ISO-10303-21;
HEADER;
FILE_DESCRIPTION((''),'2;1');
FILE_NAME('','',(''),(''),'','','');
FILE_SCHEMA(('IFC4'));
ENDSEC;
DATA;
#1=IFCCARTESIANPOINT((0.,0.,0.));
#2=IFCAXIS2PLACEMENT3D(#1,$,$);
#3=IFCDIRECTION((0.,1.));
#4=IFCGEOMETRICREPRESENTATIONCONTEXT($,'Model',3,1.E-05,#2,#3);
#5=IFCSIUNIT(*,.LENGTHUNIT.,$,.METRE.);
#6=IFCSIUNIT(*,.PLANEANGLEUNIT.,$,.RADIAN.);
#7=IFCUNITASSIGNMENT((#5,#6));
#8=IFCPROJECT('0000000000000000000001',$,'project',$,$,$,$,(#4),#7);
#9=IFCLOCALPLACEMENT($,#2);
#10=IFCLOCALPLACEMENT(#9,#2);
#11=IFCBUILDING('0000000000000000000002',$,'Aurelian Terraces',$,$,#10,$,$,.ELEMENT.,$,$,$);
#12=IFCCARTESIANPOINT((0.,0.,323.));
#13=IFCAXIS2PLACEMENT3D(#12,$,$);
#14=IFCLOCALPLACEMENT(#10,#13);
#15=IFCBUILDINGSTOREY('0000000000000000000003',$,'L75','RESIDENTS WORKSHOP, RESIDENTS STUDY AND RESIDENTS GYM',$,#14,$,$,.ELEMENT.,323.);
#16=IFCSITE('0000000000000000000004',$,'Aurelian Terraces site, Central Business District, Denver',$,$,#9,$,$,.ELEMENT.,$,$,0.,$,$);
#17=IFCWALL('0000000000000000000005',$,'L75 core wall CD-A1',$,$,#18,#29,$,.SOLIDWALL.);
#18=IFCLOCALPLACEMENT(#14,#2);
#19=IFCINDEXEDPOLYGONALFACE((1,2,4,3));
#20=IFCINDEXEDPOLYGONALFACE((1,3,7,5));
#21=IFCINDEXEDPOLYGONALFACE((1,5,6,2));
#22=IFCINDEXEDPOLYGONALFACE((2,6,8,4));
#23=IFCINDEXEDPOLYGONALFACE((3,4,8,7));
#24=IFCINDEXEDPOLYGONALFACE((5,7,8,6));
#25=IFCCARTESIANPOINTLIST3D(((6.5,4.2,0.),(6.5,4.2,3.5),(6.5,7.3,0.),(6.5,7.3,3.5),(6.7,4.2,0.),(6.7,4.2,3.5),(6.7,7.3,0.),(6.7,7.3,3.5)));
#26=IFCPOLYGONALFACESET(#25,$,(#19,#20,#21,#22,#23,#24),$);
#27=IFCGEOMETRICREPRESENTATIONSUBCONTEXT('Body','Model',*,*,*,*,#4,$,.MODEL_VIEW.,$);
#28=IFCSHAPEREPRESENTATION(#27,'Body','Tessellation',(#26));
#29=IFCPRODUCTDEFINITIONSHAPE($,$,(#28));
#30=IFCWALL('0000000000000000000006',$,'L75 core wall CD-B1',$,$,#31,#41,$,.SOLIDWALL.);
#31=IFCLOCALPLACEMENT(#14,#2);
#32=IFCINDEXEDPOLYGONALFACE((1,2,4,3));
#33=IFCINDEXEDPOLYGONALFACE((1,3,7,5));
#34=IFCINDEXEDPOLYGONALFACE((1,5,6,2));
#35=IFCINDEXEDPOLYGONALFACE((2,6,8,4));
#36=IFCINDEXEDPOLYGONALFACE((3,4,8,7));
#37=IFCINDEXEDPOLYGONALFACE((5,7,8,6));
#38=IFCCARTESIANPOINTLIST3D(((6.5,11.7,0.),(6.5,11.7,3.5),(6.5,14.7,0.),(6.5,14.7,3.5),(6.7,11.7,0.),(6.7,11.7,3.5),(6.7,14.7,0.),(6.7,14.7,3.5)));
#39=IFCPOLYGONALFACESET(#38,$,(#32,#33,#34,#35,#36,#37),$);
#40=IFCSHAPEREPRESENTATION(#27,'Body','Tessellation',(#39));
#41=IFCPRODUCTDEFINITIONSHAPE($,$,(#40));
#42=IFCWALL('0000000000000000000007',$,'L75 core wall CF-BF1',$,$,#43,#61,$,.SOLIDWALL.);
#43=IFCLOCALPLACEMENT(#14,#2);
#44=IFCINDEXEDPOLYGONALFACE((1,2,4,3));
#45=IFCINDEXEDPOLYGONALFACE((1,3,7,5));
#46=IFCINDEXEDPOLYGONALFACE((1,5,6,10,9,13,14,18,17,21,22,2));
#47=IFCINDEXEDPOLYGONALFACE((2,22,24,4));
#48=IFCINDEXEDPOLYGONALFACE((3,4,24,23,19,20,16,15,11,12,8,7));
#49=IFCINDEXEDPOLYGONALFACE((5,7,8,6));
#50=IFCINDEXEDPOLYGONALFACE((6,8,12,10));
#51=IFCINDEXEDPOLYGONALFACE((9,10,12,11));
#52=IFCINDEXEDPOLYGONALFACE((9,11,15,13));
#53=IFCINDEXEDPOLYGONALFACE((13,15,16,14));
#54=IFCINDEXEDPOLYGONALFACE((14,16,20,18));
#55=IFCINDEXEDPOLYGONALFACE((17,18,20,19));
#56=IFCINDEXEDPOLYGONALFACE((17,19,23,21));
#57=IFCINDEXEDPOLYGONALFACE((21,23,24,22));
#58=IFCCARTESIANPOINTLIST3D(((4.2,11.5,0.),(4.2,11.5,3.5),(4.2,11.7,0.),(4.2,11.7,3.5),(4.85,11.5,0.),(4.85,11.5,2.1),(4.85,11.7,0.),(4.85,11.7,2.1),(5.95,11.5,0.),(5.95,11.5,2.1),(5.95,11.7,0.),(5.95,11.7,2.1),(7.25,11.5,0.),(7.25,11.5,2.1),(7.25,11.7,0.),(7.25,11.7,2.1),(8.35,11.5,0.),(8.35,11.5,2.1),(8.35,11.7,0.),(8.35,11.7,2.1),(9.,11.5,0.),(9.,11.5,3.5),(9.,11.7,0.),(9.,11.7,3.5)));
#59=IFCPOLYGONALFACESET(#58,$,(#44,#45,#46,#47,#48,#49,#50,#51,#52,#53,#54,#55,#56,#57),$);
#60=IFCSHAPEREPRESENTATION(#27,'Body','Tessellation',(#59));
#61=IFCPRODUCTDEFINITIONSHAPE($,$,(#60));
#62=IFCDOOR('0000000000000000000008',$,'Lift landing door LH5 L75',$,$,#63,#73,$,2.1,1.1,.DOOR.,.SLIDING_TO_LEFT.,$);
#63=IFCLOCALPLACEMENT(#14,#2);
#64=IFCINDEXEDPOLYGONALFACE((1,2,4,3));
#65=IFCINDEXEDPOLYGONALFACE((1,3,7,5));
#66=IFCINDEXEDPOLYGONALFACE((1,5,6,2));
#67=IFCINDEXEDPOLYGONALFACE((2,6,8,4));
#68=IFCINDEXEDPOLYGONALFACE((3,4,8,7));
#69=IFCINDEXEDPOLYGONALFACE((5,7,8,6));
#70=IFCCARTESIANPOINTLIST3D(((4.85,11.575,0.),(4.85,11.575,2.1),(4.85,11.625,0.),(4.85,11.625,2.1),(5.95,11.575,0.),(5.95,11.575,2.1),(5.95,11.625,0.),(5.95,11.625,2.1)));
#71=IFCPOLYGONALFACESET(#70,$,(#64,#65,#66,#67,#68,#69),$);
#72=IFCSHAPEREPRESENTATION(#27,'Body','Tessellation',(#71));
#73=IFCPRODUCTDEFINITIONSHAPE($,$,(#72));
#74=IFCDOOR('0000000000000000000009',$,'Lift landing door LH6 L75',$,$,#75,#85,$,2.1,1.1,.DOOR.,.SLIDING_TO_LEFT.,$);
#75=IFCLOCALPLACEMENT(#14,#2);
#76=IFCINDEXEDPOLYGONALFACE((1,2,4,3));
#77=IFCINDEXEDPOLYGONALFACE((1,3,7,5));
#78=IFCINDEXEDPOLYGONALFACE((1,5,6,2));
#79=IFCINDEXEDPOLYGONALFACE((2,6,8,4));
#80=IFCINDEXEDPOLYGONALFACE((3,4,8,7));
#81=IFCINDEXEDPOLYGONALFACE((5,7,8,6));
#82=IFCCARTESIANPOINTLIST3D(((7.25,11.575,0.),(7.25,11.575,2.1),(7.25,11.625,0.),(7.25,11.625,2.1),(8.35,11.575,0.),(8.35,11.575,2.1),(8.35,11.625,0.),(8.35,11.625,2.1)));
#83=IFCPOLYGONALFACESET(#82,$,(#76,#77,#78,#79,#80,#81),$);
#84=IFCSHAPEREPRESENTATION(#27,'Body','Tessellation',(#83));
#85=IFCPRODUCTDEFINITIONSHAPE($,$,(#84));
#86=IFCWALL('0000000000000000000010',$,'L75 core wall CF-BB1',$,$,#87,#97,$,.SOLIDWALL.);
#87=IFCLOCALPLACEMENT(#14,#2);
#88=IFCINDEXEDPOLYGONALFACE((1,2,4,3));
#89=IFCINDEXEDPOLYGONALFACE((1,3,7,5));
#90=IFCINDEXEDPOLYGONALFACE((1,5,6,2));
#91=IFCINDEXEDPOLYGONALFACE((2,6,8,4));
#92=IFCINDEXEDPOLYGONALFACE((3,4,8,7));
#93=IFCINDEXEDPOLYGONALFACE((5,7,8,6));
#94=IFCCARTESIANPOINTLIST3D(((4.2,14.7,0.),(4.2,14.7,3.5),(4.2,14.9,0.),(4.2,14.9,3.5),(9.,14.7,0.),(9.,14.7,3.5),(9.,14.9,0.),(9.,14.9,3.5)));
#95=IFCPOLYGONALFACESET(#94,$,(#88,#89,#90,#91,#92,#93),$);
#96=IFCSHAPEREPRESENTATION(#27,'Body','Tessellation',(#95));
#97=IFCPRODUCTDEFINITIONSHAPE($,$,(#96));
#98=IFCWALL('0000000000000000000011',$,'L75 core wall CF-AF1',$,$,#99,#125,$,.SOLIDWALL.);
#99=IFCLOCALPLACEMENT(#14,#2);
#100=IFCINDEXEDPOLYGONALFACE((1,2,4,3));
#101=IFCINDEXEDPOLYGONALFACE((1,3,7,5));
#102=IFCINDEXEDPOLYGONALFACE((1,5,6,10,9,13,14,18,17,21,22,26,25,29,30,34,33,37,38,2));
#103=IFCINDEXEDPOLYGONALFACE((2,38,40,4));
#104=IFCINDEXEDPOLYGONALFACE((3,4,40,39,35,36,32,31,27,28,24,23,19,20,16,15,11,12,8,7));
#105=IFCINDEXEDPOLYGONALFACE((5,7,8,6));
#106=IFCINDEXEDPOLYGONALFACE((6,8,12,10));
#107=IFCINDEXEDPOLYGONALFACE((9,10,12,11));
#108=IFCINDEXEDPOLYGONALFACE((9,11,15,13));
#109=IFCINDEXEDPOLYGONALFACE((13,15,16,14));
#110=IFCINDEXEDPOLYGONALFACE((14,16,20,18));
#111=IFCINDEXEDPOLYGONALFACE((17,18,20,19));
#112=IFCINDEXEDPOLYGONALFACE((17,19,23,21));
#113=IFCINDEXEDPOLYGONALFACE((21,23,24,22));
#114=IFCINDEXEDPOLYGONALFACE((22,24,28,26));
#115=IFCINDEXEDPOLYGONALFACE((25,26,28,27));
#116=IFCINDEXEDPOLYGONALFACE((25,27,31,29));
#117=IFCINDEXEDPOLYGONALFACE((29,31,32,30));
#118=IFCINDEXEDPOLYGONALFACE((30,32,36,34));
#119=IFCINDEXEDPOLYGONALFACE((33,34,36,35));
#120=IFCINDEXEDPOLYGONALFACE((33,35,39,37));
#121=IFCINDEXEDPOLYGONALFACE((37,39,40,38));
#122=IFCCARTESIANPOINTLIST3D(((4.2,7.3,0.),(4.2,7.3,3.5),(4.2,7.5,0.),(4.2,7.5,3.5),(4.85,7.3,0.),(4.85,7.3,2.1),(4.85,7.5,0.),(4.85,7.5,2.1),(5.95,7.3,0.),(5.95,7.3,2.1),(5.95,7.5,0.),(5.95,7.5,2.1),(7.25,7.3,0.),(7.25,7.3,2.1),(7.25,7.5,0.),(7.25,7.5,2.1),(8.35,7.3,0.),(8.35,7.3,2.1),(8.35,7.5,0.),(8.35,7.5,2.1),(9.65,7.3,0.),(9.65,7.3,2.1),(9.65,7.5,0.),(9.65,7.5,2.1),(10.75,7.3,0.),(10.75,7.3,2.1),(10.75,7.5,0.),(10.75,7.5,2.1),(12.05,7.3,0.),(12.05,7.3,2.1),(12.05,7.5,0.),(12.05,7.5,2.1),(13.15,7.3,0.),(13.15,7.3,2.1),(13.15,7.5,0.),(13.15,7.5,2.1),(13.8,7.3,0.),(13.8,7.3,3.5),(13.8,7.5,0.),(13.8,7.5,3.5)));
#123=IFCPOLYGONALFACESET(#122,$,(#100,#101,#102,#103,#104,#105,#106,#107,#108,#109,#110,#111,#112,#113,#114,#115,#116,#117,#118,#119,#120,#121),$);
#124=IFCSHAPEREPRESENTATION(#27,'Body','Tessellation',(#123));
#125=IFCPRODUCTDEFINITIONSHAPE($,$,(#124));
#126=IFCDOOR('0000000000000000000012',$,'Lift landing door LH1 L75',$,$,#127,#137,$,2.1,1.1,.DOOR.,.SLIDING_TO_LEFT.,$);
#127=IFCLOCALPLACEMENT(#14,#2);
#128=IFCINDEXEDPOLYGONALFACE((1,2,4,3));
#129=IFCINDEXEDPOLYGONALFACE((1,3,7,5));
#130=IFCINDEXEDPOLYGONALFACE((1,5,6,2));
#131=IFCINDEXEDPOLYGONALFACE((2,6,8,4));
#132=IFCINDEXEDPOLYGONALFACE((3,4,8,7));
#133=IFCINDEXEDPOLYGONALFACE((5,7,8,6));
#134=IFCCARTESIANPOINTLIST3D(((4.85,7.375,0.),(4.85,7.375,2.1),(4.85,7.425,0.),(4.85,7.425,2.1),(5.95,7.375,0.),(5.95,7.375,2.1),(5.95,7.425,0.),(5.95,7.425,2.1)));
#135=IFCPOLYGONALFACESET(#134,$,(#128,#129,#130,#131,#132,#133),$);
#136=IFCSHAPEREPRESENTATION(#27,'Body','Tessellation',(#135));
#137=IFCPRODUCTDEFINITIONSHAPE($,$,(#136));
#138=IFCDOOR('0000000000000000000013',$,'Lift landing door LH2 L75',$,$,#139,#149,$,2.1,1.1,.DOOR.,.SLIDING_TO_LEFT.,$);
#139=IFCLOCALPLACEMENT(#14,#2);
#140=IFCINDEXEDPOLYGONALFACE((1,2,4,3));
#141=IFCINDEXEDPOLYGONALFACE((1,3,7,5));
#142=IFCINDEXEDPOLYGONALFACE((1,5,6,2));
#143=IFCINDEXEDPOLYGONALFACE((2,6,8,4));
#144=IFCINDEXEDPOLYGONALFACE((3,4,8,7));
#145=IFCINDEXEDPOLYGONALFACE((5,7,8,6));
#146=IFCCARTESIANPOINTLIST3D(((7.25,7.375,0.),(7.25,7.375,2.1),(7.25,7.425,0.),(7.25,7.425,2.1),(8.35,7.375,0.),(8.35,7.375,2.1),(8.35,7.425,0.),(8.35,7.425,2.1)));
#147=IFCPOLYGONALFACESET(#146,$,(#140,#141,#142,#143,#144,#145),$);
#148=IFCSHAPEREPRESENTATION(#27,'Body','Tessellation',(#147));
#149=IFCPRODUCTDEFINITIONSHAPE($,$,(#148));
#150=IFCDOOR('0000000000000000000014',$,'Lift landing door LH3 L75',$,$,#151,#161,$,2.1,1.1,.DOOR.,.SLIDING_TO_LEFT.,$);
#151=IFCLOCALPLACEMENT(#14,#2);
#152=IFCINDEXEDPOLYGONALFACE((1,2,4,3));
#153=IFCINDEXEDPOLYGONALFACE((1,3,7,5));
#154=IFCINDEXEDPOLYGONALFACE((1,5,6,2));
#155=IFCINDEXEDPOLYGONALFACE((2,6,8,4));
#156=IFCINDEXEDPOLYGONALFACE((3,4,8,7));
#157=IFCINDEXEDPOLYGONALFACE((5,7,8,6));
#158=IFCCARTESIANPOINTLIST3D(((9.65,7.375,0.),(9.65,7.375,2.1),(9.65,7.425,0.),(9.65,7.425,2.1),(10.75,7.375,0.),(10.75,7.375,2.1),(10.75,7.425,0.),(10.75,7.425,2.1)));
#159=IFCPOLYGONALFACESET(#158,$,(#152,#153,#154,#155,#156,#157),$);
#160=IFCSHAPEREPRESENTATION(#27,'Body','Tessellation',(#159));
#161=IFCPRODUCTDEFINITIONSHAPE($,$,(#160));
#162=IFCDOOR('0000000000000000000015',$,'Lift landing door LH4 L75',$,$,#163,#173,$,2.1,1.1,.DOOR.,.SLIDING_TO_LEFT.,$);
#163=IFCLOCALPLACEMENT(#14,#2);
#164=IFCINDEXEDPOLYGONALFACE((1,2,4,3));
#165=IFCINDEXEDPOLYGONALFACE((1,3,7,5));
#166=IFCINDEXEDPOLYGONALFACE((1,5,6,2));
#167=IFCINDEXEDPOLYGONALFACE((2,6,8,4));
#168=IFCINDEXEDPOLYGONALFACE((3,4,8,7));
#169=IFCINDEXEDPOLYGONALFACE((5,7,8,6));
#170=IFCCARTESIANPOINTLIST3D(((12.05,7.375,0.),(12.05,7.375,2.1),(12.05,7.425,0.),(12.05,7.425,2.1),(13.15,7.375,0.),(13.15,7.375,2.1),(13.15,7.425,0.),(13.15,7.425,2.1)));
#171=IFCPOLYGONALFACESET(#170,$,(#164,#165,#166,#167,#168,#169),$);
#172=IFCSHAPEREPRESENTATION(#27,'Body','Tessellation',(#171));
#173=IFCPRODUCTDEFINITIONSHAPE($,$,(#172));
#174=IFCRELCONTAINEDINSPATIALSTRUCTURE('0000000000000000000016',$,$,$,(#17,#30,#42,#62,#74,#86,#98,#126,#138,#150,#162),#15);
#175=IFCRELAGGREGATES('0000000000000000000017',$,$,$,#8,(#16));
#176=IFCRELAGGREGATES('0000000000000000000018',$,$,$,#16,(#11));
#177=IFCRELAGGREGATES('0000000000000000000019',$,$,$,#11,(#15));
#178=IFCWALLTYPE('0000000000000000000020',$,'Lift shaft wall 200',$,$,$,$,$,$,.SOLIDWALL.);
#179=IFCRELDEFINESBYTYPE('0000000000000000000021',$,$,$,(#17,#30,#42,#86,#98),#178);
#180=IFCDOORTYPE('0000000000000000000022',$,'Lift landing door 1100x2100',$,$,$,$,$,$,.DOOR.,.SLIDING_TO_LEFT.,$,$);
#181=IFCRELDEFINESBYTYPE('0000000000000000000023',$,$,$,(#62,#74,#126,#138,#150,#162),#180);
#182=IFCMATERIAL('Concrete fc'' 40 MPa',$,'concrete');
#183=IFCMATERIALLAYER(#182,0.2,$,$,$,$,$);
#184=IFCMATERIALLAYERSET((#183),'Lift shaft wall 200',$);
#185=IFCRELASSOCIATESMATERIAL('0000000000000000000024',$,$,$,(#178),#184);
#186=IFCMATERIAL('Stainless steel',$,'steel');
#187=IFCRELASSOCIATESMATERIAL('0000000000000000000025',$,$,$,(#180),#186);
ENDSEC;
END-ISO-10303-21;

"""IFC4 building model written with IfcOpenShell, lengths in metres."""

from ifc_helpers import new_model, si_unit, direction, frame, frame_2d, origin, place, context, subcontext, project, spatial, rectangle, extrude, source, transform, mapped, material, layer, layer_set, type_object, element, fill, save


model = new_model("IFC4")

# Units and contexts
model_context = context("Model", 3, precision=1e-05, world=origin(), true_north=direction((0.0, 1.0)))
body_context = subcontext(model_context, "Body", "Model", "MODEL_VIEW")
ifc_project = project(units=[si_unit("LENGTHUNIT", "METRE"), si_unit("PLANEANGLEUNIT", "RADIAN")], contexts=[model_context])

# Site, building, storey
site_placement = place(None, origin())
site = spatial("IfcSite", under=ifc_project, at=site_placement, Name="Aurelian Terraces site, Central Business District, Denver", CompositionType="ELEMENT", RefElevation=0.0)
building_placement = place(site_placement, origin())
building = spatial("IfcBuilding", under=site, at=building_placement, Name="Aurelian Terraces", CompositionType="ELEMENT")
storey_placement = place(building_placement, frame((0.0, 0.0, 323.0)))
storey = spatial("IfcBuildingStorey", under=building, at=storey_placement, Name="L75", Description="RESIDENTS WORKSHOP, RESIDENTS STUDY AND RESIDENTS GYM", CompositionType="ELEMENT", Elevation=323.0)

# Walls
ifc_material_1 = material(Name="Concrete fc' 40 MPa", Category="concrete")
ifc_layer_1 = layer(ifc_material_1, 0.2)
ifc_layer_set_1 = layer_set([ifc_layer_1], Name="Lift shaft wall 200")
wall_type_1 = type_object("IfcWallType", Name="Lift shaft wall 200", PredefinedType="SOLIDWALL", material=ifc_layer_set_1)
shared_shape_1 = source(origin(), body_context, "Body", "SweptSolid", [
    extrude(rectangle(XDim=3.1, YDim=0.2, at=frame_2d((1.55, 0.0))), origin(), (0.0, 0.0, 1.0), 3.5),
])
wall_1_placement = place(storey_placement, frame((6.6, 4.2, 0.0), z_axis=(0.0, 0.0, 1.0), x_axis=(0.0, 1.0, 0.0)))
element("IfcWall", 1, at=wall_1_placement, inside=storey, type_object=wall_type_1, Name="L75 core wall CD-A1", PredefinedType="SOLIDWALL", context=body_context, shape_type="MappedRepresentation", body=[
    mapped(shared_shape_1, transform((0.0, 0.0, 0.0), scale=1.0)),
])
shared_shape_2 = source(origin(), body_context, "Body", "SweptSolid", [
    extrude(rectangle(XDim=3.0, YDim=0.2, at=frame_2d((1.5, 0.0))), origin(), (0.0, 0.0, 1.0), 3.5),
])
wall_2_placement = place(storey_placement, frame((6.6, 11.7, 0.0), z_axis=(0.0, 0.0, 1.0), x_axis=(0.0, 1.0, 0.0)))
element("IfcWall", 2, at=wall_2_placement, inside=storey, type_object=wall_type_1, Name="L75 core wall CD-B1", PredefinedType="SOLIDWALL", context=body_context, shape_type="MappedRepresentation", body=[
    mapped(shared_shape_2, transform((0.0, 0.0, 0.0), scale=1.0)),
])

# Wall, openings, doors
shared_shape_3 = source(origin(), body_context, "Body", "SweptSolid", [
    extrude(rectangle(XDim=4.8, YDim=0.2, at=frame_2d((2.4, 0.0))), origin(), (0.0, 0.0, 1.0), 3.5),
])
wall_3_placement = place(storey_placement, frame((4.2, 11.6, 0.0), z_axis=(0.0, 0.0, 1.0), x_axis=(1.0, 0.0, 0.0)))
wall_3 = element("IfcWall", 3, at=wall_3_placement, inside=storey, type_object=wall_type_1, Name="L75 core wall CF-BF1", PredefinedType="SOLIDWALL", context=body_context, shape_type="MappedRepresentation", body=[
    mapped(shared_shape_3, transform((0.0, 0.0, 0.0), scale=1.0)),
])
shared_shape_4 = source(origin(), body_context, "Body", "SweptSolid", [
    extrude(rectangle(XDim=1.1, YDim=2.1, at=frame_2d((0.55, 1.05))), frame((0.0, 0.11, 0.0), z_axis=(0.0, -1.0, 0.0), x_axis=(1.0, 0.0, 0.0)), (0.0, 0.0, 1.0), 0.22),
])
opening_1_placement = place(wall_3_placement, frame((0.65, 0.0, 0.0)))
opening_1 = element("IfcOpeningElement", 4, at=opening_1_placement, cuts=wall_3, PredefinedType="OPENING", context=body_context, shape_type="MappedRepresentation", body=[
    mapped(shared_shape_4, transform((0.0, 0.0, 0.0), scale=1.0)),
])
opening_2_placement = place(wall_3_placement, frame((3.05, 0.0, 0.0)))
opening_2 = element("IfcOpeningElement", 5, at=opening_2_placement, cuts=wall_3, PredefinedType="OPENING", context=body_context, shape_type="MappedRepresentation", body=[
    mapped(shared_shape_4, transform((0.0, 0.0, 0.0), scale=1.0)),
])
ifc_material_2 = material(Name="Stainless steel", Category="steel")
door_type_1 = type_object("IfcDoorType", Name="Lift landing door 1100x2100", OperationType="SLIDING_TO_LEFT", PredefinedType="DOOR", material=ifc_material_2)
shared_shape_5 = source(origin(), body_context, "Body", "SweptSolid", [
    extrude(rectangle(XDim=1.1, YDim=2.1, at=frame_2d((0.55, 1.05))), frame((0.0, 0.025, 0.0), z_axis=(0.0, -1.0, 0.0), x_axis=(1.0, 0.0, 0.0)), (0.0, 0.0, 1.0), 0.05),
])
door_1_placement = place(opening_1_placement, origin())
door_1 = element("IfcDoor", 6, at=door_1_placement, inside=storey, type_object=door_type_1, Name="Lift landing door LH5 L75", OperationType="SLIDING_TO_LEFT", OverallHeight=2.1, OverallWidth=1.1, PredefinedType="DOOR", context=body_context, shape_type="MappedRepresentation", body=[
    mapped(shared_shape_5, transform((0.0, 0.0, 0.0), scale=1.0)),
])
fill(opening_1, door_1)
door_2_placement = place(opening_2_placement, origin())
door_2 = element("IfcDoor", 7, at=door_2_placement, inside=storey, type_object=door_type_1, Name="Lift landing door LH6 L75", OperationType="SLIDING_TO_LEFT", OverallHeight=2.1, OverallWidth=1.1, PredefinedType="DOOR", context=body_context, shape_type="MappedRepresentation", body=[
    mapped(shared_shape_5, transform((0.0, 0.0, 0.0), scale=1.0)),
])
fill(opening_2, door_2)

# Wall
wall_4_placement = place(storey_placement, frame((4.2, 14.8, 0.0), z_axis=(0.0, 0.0, 1.0), x_axis=(1.0, 0.0, 0.0)))
element("IfcWall", 8, at=wall_4_placement, inside=storey, type_object=wall_type_1, Name="L75 core wall CF-BB1", PredefinedType="SOLIDWALL", context=body_context, shape_type="MappedRepresentation", body=[
    mapped(shared_shape_3, transform((0.0, 0.0, 0.0), scale=1.0)),
])

# Wall, openings, doors
shared_shape_6 = source(origin(), body_context, "Body", "SweptSolid", [
    extrude(rectangle(XDim=9.6, YDim=0.2, at=frame_2d((4.8, 0.0))), origin(), (0.0, 0.0, 1.0), 3.5),
])
wall_5_placement = place(storey_placement, frame((4.2, 7.4, 0.0), z_axis=(0.0, 0.0, 1.0), x_axis=(1.0, 0.0, 0.0)))
wall_5 = element("IfcWall", 9, at=wall_5_placement, inside=storey, type_object=wall_type_1, Name="L75 core wall CF-AF1", PredefinedType="SOLIDWALL", context=body_context, shape_type="MappedRepresentation", body=[
    mapped(shared_shape_6, transform((0.0, 0.0, 0.0), scale=1.0)),
])
opening_3_placement = place(wall_5_placement, frame((0.65, 0.0, 0.0)))
opening_3 = element("IfcOpeningElement", 10, at=opening_3_placement, cuts=wall_5, PredefinedType="OPENING", context=body_context, shape_type="MappedRepresentation", body=[
    mapped(shared_shape_4, transform((0.0, 0.0, 0.0), scale=1.0)),
])
opening_4_placement = place(wall_5_placement, frame((3.05, 0.0, 0.0)))
opening_4 = element("IfcOpeningElement", 11, at=opening_4_placement, cuts=wall_5, PredefinedType="OPENING", context=body_context, shape_type="MappedRepresentation", body=[
    mapped(shared_shape_4, transform((0.0, 0.0, 0.0), scale=1.0)),
])
opening_5_placement = place(wall_5_placement, frame((5.45, 0.0, 0.0)))
opening_5 = element("IfcOpeningElement", 12, at=opening_5_placement, cuts=wall_5, PredefinedType="OPENING", context=body_context, shape_type="MappedRepresentation", body=[
    mapped(shared_shape_4, transform((0.0, 0.0, 0.0), scale=1.0)),
])
opening_6_placement = place(wall_5_placement, frame((7.85, 0.0, 0.0)))
opening_6 = element("IfcOpeningElement", 13, at=opening_6_placement, cuts=wall_5, PredefinedType="OPENING", context=body_context, shape_type="MappedRepresentation", body=[
    mapped(shared_shape_4, transform((0.0, 0.0, 0.0), scale=1.0)),
])
door_3_placement = place(opening_3_placement, origin())
door_3 = element("IfcDoor", 14, at=door_3_placement, inside=storey, type_object=door_type_1, Name="Lift landing door LH1 L75", OperationType="SLIDING_TO_LEFT", OverallHeight=2.1, OverallWidth=1.1, PredefinedType="DOOR", context=body_context, shape_type="MappedRepresentation", body=[
    mapped(shared_shape_5, transform((0.0, 0.0, 0.0), scale=1.0)),
])
fill(opening_3, door_3)
door_4_placement = place(opening_4_placement, origin())
door_4 = element("IfcDoor", 15, at=door_4_placement, inside=storey, type_object=door_type_1, Name="Lift landing door LH2 L75", OperationType="SLIDING_TO_LEFT", OverallHeight=2.1, OverallWidth=1.1, PredefinedType="DOOR", context=body_context, shape_type="MappedRepresentation", body=[
    mapped(shared_shape_5, transform((0.0, 0.0, 0.0), scale=1.0)),
])
fill(opening_4, door_4)
door_5_placement = place(opening_5_placement, origin())
door_5 = element("IfcDoor", 16, at=door_5_placement, inside=storey, type_object=door_type_1, Name="Lift landing door LH3 L75", OperationType="SLIDING_TO_LEFT", OverallHeight=2.1, OverallWidth=1.1, PredefinedType="DOOR", context=body_context, shape_type="MappedRepresentation", body=[
    mapped(shared_shape_5, transform((0.0, 0.0, 0.0), scale=1.0)),
])
fill(opening_5, door_5)
door_6_placement = place(opening_6_placement, origin())
door_6 = element("IfcDoor", 17, at=door_6_placement, inside=storey, type_object=door_type_1, Name="Lift landing door LH4 L75", OperationType="SLIDING_TO_LEFT", OverallHeight=2.1, OverallWidth=1.1, PredefinedType="DOOR", context=body_context, shape_type="MappedRepresentation", body=[
    mapped(shared_shape_5, transform((0.0, 0.0, 0.0), scale=1.0)),
])
fill(opening_6, door_6)

save(model, "model.ifc")
